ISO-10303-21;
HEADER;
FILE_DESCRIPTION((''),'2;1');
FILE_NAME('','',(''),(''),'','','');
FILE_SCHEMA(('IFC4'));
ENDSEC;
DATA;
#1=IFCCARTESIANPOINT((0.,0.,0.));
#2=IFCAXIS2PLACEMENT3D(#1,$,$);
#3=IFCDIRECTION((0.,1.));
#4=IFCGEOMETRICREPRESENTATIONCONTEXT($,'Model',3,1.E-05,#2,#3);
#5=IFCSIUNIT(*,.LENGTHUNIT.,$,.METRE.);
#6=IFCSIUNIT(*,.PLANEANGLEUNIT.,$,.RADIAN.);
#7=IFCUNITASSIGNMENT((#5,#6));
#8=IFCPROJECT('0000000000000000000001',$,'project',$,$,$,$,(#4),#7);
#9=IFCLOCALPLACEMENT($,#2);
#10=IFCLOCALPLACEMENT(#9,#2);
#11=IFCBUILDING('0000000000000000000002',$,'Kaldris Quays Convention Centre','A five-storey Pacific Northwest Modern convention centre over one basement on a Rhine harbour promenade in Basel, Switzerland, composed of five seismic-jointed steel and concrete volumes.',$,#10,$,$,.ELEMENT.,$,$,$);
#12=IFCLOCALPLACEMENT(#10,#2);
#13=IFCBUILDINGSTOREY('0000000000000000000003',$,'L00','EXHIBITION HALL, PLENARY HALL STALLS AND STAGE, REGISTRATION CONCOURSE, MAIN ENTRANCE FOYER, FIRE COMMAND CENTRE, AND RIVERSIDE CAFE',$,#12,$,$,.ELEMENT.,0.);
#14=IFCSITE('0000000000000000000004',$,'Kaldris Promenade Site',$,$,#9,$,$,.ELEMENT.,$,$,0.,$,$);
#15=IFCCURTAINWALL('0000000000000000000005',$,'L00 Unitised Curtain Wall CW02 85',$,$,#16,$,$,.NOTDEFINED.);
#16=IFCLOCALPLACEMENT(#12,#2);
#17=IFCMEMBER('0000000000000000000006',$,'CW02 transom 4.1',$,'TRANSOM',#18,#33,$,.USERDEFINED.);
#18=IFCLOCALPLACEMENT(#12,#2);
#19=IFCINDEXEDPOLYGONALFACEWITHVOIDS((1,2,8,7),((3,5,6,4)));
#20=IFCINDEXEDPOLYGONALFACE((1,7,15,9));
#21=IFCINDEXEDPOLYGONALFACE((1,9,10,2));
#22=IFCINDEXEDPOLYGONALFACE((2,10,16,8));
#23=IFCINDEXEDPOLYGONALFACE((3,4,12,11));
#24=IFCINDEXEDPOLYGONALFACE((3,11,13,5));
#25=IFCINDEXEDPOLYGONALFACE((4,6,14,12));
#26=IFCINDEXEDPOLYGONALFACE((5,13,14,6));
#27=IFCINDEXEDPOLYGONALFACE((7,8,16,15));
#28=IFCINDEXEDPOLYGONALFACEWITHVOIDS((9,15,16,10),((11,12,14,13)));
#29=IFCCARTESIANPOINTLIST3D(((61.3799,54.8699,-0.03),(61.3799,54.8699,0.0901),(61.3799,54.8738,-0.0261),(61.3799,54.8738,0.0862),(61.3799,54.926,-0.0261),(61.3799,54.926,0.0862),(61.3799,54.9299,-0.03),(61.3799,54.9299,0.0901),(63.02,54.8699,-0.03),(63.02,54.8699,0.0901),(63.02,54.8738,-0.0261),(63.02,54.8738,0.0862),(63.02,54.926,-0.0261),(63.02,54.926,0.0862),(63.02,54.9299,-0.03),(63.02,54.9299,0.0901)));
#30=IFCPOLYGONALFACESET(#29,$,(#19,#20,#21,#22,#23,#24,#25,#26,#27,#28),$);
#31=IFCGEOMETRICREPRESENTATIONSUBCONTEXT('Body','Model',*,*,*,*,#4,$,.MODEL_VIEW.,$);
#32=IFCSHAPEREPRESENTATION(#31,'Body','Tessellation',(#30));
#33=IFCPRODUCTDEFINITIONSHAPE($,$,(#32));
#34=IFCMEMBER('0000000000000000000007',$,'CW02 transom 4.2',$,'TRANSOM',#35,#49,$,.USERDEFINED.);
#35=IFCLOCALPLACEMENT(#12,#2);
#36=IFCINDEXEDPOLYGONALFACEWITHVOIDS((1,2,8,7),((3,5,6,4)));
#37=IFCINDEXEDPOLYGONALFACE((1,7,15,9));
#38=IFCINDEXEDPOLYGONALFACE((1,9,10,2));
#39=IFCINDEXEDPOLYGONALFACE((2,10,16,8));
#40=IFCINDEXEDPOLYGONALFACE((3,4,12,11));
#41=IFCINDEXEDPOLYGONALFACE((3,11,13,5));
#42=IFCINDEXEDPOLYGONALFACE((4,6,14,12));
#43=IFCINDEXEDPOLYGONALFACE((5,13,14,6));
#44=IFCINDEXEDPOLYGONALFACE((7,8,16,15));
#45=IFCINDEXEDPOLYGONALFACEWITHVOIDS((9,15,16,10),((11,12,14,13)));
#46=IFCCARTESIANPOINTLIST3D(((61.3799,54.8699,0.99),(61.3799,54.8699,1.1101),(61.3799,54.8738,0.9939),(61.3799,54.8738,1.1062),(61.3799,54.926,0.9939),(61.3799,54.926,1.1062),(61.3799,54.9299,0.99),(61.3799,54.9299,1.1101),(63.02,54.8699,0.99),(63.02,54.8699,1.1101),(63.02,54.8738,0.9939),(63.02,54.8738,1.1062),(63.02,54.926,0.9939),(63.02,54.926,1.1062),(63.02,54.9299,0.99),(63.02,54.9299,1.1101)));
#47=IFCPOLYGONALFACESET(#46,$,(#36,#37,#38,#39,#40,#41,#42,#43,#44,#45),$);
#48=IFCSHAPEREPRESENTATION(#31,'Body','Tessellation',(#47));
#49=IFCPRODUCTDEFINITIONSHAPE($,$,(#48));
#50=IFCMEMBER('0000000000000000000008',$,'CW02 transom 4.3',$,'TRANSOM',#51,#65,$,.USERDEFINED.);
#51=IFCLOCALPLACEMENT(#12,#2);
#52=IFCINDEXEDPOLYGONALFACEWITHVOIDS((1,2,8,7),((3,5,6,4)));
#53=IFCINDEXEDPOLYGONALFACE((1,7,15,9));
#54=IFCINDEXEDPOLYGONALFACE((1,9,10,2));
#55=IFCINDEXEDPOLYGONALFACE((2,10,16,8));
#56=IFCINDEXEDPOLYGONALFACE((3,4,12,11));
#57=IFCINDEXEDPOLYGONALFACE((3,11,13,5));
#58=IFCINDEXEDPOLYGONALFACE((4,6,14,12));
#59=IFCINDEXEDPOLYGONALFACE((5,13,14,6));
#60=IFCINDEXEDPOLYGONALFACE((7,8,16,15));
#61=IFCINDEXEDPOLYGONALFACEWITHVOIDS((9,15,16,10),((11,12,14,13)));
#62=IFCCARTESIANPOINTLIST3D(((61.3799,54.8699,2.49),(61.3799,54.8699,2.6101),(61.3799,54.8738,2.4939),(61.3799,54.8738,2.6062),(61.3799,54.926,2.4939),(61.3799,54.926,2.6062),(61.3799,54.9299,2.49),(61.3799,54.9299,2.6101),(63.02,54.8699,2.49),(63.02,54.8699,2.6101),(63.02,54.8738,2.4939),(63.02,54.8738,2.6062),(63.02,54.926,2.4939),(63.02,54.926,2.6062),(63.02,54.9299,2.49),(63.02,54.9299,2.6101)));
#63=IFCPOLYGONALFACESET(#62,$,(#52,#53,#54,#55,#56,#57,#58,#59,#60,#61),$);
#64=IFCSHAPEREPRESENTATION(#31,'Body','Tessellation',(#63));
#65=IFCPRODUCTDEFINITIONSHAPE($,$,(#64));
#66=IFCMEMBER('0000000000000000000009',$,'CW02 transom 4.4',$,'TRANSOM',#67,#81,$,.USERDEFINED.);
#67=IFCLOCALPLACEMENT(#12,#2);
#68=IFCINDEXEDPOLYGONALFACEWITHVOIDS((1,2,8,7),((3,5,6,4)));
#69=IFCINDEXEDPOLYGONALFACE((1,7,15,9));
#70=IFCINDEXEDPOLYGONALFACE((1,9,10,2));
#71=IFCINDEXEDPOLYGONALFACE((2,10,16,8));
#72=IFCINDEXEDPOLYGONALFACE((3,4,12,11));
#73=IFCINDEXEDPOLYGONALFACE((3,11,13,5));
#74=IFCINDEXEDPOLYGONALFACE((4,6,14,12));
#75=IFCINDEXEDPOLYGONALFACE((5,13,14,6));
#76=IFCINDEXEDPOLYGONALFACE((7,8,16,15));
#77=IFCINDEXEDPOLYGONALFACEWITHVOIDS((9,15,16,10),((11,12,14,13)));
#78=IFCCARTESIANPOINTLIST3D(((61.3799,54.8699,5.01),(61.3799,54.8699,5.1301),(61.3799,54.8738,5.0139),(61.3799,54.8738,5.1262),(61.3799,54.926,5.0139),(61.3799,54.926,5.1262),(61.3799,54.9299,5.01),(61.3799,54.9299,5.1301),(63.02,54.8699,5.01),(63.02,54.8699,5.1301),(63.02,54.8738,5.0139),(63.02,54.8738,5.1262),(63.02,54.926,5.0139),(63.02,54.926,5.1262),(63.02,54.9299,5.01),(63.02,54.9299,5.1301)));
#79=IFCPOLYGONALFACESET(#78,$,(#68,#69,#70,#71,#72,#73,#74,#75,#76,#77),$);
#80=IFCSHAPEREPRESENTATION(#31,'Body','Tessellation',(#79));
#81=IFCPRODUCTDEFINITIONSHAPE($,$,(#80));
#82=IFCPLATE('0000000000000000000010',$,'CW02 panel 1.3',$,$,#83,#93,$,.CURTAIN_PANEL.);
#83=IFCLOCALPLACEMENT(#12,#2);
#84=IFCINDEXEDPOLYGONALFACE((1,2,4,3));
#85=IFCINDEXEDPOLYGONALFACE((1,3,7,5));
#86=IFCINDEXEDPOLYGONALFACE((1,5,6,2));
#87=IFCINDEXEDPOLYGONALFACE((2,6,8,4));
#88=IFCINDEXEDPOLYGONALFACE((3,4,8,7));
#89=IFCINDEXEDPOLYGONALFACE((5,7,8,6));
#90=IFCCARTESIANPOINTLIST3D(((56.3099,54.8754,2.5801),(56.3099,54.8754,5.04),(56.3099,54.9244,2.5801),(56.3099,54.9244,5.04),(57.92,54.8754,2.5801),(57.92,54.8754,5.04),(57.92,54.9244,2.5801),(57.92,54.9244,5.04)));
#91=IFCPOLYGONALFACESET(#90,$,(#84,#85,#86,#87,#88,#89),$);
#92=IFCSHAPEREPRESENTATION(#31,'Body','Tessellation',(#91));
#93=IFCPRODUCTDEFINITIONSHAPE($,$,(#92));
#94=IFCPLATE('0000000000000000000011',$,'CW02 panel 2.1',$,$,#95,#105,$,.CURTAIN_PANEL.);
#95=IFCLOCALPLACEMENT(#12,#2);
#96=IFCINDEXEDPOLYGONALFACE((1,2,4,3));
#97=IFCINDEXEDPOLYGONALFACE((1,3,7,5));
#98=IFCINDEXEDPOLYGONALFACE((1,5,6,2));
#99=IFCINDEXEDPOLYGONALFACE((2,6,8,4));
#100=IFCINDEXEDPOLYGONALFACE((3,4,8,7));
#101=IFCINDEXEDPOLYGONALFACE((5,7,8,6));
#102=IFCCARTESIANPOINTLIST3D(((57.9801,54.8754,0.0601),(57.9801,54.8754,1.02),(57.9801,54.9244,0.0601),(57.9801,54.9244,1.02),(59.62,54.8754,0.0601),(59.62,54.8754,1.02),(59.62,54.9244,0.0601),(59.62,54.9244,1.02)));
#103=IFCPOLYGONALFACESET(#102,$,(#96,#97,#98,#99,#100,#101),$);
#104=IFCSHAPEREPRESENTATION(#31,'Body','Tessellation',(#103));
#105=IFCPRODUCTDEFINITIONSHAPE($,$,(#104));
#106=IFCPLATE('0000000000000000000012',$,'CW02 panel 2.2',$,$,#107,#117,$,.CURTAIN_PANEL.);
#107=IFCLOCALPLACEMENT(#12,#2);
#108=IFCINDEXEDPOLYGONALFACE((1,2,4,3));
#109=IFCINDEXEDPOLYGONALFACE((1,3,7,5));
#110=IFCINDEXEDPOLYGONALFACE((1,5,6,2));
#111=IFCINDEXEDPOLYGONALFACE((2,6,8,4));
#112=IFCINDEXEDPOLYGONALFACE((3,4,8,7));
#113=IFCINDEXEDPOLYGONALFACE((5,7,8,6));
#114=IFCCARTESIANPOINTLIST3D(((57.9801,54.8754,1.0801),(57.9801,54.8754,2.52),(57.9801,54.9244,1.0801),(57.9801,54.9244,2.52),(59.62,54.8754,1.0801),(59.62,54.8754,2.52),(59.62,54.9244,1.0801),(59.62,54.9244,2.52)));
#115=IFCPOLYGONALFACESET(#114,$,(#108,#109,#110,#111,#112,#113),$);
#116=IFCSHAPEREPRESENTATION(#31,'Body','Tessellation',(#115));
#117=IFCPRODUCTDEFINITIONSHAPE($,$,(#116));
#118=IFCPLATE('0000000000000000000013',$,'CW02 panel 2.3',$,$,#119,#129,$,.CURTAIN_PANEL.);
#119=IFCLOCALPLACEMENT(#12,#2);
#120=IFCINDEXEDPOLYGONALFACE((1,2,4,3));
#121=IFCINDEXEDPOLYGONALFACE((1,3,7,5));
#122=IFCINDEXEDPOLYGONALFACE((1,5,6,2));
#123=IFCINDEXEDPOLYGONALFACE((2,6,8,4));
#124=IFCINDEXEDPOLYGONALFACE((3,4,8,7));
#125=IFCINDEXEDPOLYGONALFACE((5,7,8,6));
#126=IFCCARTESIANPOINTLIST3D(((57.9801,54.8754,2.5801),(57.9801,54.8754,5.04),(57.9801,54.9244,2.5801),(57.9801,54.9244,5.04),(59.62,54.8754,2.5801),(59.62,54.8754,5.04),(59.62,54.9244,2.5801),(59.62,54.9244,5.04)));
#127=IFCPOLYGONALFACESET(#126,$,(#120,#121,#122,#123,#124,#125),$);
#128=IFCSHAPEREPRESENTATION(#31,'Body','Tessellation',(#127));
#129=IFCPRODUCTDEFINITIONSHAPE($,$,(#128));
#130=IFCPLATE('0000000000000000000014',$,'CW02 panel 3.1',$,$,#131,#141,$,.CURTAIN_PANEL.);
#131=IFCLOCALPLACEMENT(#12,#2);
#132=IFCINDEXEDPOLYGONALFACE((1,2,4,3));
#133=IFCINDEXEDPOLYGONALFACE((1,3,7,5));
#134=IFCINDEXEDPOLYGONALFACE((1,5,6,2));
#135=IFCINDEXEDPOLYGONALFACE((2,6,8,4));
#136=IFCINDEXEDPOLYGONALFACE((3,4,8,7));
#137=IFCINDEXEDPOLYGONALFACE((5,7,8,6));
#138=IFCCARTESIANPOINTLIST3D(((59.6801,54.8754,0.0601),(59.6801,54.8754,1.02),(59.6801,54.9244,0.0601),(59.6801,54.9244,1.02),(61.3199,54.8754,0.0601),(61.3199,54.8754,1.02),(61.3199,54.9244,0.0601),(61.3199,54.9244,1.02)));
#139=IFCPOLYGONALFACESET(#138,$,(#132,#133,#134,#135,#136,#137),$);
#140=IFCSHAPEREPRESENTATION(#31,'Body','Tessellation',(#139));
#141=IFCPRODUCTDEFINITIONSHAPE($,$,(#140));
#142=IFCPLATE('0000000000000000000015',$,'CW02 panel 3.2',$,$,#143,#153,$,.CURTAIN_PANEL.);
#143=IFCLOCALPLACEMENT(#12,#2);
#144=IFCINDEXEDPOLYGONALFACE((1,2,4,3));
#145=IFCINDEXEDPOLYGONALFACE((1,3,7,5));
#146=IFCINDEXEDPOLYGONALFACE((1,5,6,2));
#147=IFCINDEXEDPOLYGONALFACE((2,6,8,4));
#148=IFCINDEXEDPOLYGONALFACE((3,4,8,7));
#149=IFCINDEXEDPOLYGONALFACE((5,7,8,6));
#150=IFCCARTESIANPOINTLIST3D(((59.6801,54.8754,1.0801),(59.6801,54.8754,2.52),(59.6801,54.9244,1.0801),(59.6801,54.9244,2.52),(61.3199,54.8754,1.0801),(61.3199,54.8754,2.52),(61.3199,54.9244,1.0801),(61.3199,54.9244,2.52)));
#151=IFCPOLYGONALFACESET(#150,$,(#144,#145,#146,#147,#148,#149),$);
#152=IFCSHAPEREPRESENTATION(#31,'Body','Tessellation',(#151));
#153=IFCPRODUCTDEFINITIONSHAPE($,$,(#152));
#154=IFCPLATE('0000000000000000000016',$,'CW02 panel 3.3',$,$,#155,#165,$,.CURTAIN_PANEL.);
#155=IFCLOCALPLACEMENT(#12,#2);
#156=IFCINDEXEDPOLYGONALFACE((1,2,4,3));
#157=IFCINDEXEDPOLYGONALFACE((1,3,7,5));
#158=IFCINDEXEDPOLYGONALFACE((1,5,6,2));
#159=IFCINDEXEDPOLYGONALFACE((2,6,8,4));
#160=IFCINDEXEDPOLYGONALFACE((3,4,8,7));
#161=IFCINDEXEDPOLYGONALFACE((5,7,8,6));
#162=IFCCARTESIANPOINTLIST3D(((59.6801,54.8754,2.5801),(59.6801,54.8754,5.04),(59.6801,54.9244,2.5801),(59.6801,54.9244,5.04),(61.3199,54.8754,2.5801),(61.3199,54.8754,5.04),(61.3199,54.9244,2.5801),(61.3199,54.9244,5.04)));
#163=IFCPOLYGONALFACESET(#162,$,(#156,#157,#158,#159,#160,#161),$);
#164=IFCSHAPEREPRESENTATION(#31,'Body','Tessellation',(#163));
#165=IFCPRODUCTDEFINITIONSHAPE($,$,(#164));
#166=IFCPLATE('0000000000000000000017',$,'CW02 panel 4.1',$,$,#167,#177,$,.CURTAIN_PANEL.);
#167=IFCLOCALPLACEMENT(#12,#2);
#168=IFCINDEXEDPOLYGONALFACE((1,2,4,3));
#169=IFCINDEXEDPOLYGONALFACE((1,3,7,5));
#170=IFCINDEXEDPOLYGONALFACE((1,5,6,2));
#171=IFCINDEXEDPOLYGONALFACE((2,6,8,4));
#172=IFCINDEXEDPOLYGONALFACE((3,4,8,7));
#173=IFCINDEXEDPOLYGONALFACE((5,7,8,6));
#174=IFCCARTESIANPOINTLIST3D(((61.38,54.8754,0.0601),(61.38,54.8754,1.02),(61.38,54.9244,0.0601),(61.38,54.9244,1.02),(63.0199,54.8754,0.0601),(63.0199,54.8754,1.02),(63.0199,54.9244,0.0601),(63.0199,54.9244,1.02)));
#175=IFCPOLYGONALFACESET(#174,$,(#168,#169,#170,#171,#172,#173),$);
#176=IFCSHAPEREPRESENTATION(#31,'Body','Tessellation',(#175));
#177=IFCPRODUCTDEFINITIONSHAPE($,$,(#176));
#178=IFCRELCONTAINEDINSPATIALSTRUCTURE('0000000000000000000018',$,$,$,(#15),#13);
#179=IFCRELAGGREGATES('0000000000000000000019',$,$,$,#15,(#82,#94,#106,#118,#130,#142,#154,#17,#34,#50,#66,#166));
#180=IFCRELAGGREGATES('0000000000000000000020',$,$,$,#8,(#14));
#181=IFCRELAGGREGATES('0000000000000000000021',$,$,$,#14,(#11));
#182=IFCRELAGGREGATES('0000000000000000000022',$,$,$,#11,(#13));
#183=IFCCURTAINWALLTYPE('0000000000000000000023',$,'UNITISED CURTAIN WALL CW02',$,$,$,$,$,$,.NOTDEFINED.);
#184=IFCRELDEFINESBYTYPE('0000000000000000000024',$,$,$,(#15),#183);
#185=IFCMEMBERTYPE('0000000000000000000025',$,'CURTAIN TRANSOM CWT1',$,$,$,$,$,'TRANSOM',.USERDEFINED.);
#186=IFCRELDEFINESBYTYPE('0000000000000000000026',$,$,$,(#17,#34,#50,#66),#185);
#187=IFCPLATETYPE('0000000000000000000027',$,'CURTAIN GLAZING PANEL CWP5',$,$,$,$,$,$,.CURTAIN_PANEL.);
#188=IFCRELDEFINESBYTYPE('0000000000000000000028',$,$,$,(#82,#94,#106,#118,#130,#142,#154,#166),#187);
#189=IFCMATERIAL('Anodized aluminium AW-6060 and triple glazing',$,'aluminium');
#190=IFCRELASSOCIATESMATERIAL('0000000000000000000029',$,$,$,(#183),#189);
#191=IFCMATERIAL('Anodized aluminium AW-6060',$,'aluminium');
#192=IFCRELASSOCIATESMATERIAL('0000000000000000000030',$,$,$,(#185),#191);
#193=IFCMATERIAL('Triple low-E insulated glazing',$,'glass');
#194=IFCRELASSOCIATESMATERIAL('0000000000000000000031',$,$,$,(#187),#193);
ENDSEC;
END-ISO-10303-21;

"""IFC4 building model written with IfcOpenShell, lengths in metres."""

from ifc_helpers import new_model, si_unit, direction, frame, origin, origin_2d, place, context, subcontext, project, spatial, rectangle, hollow_rectangle, extrude, material, material_profile, profile_set, type_object, element, aggregate, save


model = new_model("IFC4")

# Units and contexts
model_context = context("Model", 3, precision=1e-05, world=origin(), true_north=direction((0.0, 1.0)))
body_context = subcontext(model_context, "Body", "Model", "MODEL_VIEW")
ifc_project = project(units=[si_unit("LENGTHUNIT", "METRE"), si_unit("PLANEANGLEUNIT", "RADIAN")], contexts=[model_context])

# Site, building, storey
site_placement = place(None, origin())
site = spatial("IfcSite", under=ifc_project, at=site_placement, Name="Kaldris Promenade Site", CompositionType="ELEMENT", RefElevation=0.0)
building_placement = place(site_placement, origin())
building = spatial("IfcBuilding", under=site, at=building_placement, Name="Kaldris Quays Convention Centre", Description="A five-storey Pacific Northwest Modern convention centre over one basement on a Rhine harbour promenade in Basel, Switzerland, composed of five seismic-jointed steel and concrete volumes.", CompositionType="ELEMENT")
storey_placement = place(building_placement, origin())
storey = spatial("IfcBuildingStorey", under=building, at=storey_placement, Name="L00", Description="EXHIBITION HALL, PLENARY HALL STALLS AND STAGE, REGISTRATION CONCOURSE, MAIN ENTRANCE FOYER, FIRE COMMAND CENTRE, AND RIVERSIDE CAFE", CompositionType="ELEMENT", Elevation=0.0)

# Curtain wall, members, plates
ifc_material_1 = material(Name="Anodized aluminium AW-6060 and triple glazing", Category="aluminium")
curtain_wall_type = type_object("IfcCurtainWallType", Name="UNITISED CURTAIN WALL CW02", PredefinedType="NOTDEFINED", material=ifc_material_1)
curtain_wall_placement = place(storey_placement, origin())
curtain_wall = element("IfcCurtainWall", 1, at=curtain_wall_placement, inside=storey, type_object=curtain_wall_type, Name="L00 Unitised Curtain Wall CW02 85", PredefinedType="NOTDEFINED")
ifc_material_2 = material(Name="Anodized aluminium AW-6060", Category="aluminium")
ifc_material_profile_1 = material_profile(ifc_material_2, hollow_rectangle(XDim=0.0601, YDim=0.1201, WallThickness=0.0039, at=origin_2d()), Name="RHS 120x60x4")
ifc_profile_set_1 = profile_set([ifc_material_profile_1], Name="Anodized aluminium AW-6060")
member_type_1 = type_object("IfcMemberType", Name="CURTAIN TRANSOM CWT1", ElementType="TRANSOM", PredefinedType="USERDEFINED", material=ifc_profile_set_1)
member_1_placement = place(storey_placement, frame((61.3799, 54.8999, 0.03), z_axis=(1.0, 0.0, 0.0), x_axis=(0.0, 1.0, 0.0)))
member_1 = element("IfcMember", 2, at=member_1_placement, type_object=member_type_1, Name="CW02 transom 4.1", ObjectType="TRANSOM", PredefinedType="USERDEFINED", context=body_context, shape_type="SweptSolid", body=[
    extrude(hollow_rectangle(XDim=0.0601, YDim=0.1201, WallThickness=0.0039, at=origin_2d()), origin(), (0.0, 0.0, 1.0), 1.6401),
])
member_2_placement = place(storey_placement, frame((61.3799, 54.8999, 1.05), z_axis=(1.0, 0.0, 0.0), x_axis=(0.0, 1.0, 0.0)))
member_2 = element("IfcMember", 3, at=member_2_placement, type_object=member_type_1, Name="CW02 transom 4.2", ObjectType="TRANSOM", PredefinedType="USERDEFINED", context=body_context, shape_type="SweptSolid", body=[
    extrude(hollow_rectangle(XDim=0.0601, YDim=0.1201, WallThickness=0.0039, at=origin_2d()), origin(), (0.0, 0.0, 1.0), 1.6401),
])
member_3_placement = place(storey_placement, frame((61.3799, 54.8999, 2.55), z_axis=(1.0, 0.0, 0.0), x_axis=(0.0, 1.0, 0.0)))
member_3 = element("IfcMember", 4, at=member_3_placement, type_object=member_type_1, Name="CW02 transom 4.3", ObjectType="TRANSOM", PredefinedType="USERDEFINED", context=body_context, shape_type="SweptSolid", body=[
    extrude(hollow_rectangle(XDim=0.0601, YDim=0.1201, WallThickness=0.0039, at=origin_2d()), origin(), (0.0, 0.0, 1.0), 1.6401),
])
member_4_placement = place(storey_placement, frame((61.3799, 54.8999, 5.0701), z_axis=(1.0, 0.0, 0.0), x_axis=(0.0, 1.0, 0.0)))
member_4 = element("IfcMember", 5, at=member_4_placement, type_object=member_type_1, Name="CW02 transom 4.4", ObjectType="TRANSOM", PredefinedType="USERDEFINED", context=body_context, shape_type="SweptSolid", body=[
    extrude(hollow_rectangle(XDim=0.0601, YDim=0.1201, WallThickness=0.0039, at=origin_2d()), origin(), (0.0, 0.0, 1.0), 1.6401),
])
ifc_material_3 = material(Name="Triple low-E insulated glazing", Category="glass")
plate_type = type_object("IfcPlateType", Name="CURTAIN GLAZING PANEL CWP5", PredefinedType="CURTAIN_PANEL", material=ifc_material_3)
plate_1_placement = place(storey_placement, frame((57.115, 54.8999, 2.5801), z_axis=(0.0, 0.0, 1.0), x_axis=(1.0, 0.0, 0.0)))
plate_1 = element("IfcPlate", 6, at=plate_1_placement, type_object=plate_type, Name="CW02 panel 1.3", PredefinedType="CURTAIN_PANEL", context=body_context, shape_type="SweptSolid", body=[
    extrude(rectangle(XDim=1.6101, YDim=0.0491, at=origin_2d()), origin(), (0.0, 0.0, 1.0), 2.46),
])
plate_2_placement = place(storey_placement, frame((58.8, 54.8999, 0.0601), z_axis=(0.0, 0.0, 1.0), x_axis=(1.0, 0.0, 0.0)))
plate_2 = element("IfcPlate", 7, at=plate_2_placement, type_object=plate_type, Name="CW02 panel 2.1", PredefinedType="CURTAIN_PANEL", context=body_context, shape_type="SweptSolid", body=[
    extrude(rectangle(XDim=1.6399, YDim=0.0491, at=origin_2d()), origin(), (0.0, 0.0, 1.0), 0.96),
])
plate_3_placement = place(storey_placement, frame((58.8, 54.8999, 1.0801), z_axis=(0.0, 0.0, 1.0), x_axis=(1.0, 0.0, 0.0)))
plate_3 = element("IfcPlate", 8, at=plate_3_placement, type_object=plate_type, Name="CW02 panel 2.2", PredefinedType="CURTAIN_PANEL", context=body_context, shape_type="SweptSolid", body=[
    extrude(rectangle(XDim=1.6399, YDim=0.0491, at=origin_2d()), origin(), (0.0, 0.0, 1.0), 1.4399),
])
plate_4_placement = place(storey_placement, frame((58.8, 54.8999, 2.5801), z_axis=(0.0, 0.0, 1.0), x_axis=(1.0, 0.0, 0.0)))
plate_4 = element("IfcPlate", 9, at=plate_4_placement, type_object=plate_type, Name="CW02 panel 2.3", PredefinedType="CURTAIN_PANEL", context=body_context, shape_type="SweptSolid", body=[
    extrude(rectangle(XDim=1.6399, YDim=0.0491, at=origin_2d()), origin(), (0.0, 0.0, 1.0), 2.46),
])
plate_5_placement = place(storey_placement, frame((60.5, 54.8999, 0.0601), z_axis=(0.0, 0.0, 1.0), x_axis=(1.0, 0.0, 0.0)))
plate_5 = element("IfcPlate", 10, at=plate_5_placement, type_object=plate_type, Name="CW02 panel 3.1", PredefinedType="CURTAIN_PANEL", context=body_context, shape_type="SweptSolid", body=[
    extrude(rectangle(XDim=1.6399, YDim=0.0491, at=origin_2d()), origin(), (0.0, 0.0, 1.0), 0.96),
])
plate_6_placement = place(storey_placement, frame((60.5, 54.8999, 1.0801), z_axis=(0.0, 0.0, 1.0), x_axis=(1.0, 0.0, 0.0)))
plate_6 = element("IfcPlate", 11, at=plate_6_placement, type_object=plate_type, Name="CW02 panel 3.2", PredefinedType="CURTAIN_PANEL", context=body_context, shape_type="SweptSolid", body=[
    extrude(rectangle(XDim=1.6399, YDim=0.0491, at=origin_2d()), origin(), (0.0, 0.0, 1.0), 1.4399),
])
plate_7_placement = place(storey_placement, frame((60.5, 54.8999, 2.5801), z_axis=(0.0, 0.0, 1.0), x_axis=(1.0, 0.0, 0.0)))
plate_7 = element("IfcPlate", 12, at=plate_7_placement, type_object=plate_type, Name="CW02 panel 3.3", PredefinedType="CURTAIN_PANEL", context=body_context, shape_type="SweptSolid", body=[
    extrude(rectangle(XDim=1.6399, YDim=0.0491, at=origin_2d()), origin(), (0.0, 0.0, 1.0), 2.46),
])
plate_8_placement = place(storey_placement, frame((62.2, 54.8999, 0.0601), z_axis=(0.0, 0.0, 1.0), x_axis=(1.0, 0.0, 0.0)))
plate_8 = element("IfcPlate", 13, at=plate_8_placement, type_object=plate_type, Name="CW02 panel 4.1", PredefinedType="CURTAIN_PANEL", context=body_context, shape_type="SweptSolid", body=[
    extrude(rectangle(XDim=1.6399, YDim=0.0491, at=origin_2d()), origin(), (0.0, 0.0, 1.0), 0.96),
])
aggregate(curtain_wall, [plate_1, plate_2, plate_3, plate_4, plate_5, plate_6, plate_7, member_1, member_2, member_3, member_4, plate_8])

save(model, "model.ifc")
